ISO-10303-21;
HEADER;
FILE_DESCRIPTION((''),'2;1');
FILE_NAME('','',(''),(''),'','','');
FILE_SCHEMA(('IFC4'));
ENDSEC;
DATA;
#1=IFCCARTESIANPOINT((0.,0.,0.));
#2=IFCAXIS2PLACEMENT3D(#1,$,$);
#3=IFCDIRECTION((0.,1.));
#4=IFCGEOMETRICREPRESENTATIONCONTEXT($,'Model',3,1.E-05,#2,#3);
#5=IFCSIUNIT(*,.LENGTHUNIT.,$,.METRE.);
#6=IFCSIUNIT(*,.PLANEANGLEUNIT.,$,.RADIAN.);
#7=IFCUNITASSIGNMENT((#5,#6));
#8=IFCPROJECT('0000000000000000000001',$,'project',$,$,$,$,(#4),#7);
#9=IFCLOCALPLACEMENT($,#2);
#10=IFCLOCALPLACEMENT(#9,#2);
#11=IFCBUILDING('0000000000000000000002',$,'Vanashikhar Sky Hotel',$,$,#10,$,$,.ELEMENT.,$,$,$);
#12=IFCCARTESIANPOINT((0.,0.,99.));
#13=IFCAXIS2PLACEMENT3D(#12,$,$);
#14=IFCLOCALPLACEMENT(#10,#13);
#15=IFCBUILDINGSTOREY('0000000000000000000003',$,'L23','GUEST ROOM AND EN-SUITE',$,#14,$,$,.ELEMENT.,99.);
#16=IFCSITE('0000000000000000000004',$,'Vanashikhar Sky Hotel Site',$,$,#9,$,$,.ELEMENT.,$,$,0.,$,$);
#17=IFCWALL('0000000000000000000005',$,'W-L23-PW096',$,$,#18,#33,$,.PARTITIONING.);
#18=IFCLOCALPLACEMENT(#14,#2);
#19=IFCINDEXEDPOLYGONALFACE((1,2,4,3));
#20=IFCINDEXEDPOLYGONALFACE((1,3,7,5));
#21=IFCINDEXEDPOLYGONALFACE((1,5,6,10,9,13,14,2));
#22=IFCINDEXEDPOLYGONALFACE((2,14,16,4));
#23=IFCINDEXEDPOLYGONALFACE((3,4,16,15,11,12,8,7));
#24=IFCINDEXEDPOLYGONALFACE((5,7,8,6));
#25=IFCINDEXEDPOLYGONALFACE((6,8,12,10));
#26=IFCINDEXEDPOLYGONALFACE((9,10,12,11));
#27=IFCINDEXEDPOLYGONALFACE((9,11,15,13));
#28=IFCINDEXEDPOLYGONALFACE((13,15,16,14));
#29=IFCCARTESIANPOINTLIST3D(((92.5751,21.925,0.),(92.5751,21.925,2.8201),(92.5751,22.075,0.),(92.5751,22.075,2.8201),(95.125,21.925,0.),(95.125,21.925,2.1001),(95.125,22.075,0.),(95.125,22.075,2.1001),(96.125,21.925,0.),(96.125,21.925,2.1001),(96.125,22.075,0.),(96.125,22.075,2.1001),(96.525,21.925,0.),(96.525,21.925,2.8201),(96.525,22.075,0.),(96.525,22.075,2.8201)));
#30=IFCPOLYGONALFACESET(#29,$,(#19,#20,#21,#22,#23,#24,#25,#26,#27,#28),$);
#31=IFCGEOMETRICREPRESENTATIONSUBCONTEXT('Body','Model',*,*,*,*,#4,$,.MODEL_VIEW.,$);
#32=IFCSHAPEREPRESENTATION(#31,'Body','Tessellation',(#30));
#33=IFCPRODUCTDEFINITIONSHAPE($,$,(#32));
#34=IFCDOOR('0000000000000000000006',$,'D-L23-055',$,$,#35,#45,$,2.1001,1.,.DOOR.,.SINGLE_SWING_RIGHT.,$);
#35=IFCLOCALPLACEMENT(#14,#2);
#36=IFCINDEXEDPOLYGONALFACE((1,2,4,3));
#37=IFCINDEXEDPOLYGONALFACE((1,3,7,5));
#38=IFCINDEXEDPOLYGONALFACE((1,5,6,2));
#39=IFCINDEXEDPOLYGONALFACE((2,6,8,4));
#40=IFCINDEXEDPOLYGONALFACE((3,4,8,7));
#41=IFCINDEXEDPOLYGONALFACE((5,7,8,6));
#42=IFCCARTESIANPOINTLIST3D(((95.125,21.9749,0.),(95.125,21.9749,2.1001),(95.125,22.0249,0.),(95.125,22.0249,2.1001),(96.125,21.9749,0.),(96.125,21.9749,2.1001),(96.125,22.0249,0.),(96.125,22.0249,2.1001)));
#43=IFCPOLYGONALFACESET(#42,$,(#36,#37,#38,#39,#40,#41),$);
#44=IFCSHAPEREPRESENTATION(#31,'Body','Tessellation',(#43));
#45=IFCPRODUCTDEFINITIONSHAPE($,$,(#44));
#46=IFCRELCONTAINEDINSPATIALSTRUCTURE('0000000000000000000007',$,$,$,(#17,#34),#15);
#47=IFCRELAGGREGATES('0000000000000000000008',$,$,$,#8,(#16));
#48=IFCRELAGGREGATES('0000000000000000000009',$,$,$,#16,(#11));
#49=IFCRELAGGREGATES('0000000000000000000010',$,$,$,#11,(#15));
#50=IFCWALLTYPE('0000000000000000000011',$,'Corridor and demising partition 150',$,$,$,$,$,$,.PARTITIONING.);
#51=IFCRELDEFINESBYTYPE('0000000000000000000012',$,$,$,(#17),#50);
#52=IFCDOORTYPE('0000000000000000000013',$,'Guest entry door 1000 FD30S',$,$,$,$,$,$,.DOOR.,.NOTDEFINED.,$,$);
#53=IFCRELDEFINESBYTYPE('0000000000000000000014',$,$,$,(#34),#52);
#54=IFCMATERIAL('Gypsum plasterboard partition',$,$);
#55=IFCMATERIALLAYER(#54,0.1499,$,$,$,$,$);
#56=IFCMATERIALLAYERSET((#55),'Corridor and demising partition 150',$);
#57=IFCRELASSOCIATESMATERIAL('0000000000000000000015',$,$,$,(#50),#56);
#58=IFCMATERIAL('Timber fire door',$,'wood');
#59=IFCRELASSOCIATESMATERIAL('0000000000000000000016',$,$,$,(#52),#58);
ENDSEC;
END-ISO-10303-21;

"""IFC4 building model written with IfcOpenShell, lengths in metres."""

from ifc_helpers import new_model, si_unit, direction, frame, frame_2d, origin, place, context, subcontext, project, spatial, rectangle, extrude, source, transform, mapped, material, layer, layer_set, type_object, element, fill, save


model = new_model("IFC4")

# Units and contexts
model_context = context("Model", 3, precision=1e-05, world=origin(), true_north=direction((0.0, 1.0)))
body_context = subcontext(model_context, "Body", "Model", "MODEL_VIEW")
ifc_project = project(units=[si_unit("LENGTHUNIT", "METRE"), si_unit("PLANEANGLEUNIT", "RADIAN")], contexts=[model_context])

# Site, building, storey
site_placement = place(None, origin())
site = spatial("IfcSite", under=ifc_project, at=site_placement, Name="Vanashikhar Sky Hotel Site", CompositionType="ELEMENT", RefElevation=0.0)
building_placement = place(site_placement, origin())
building = spatial("IfcBuilding", under=site, at=building_placement, Name="Vanashikhar Sky Hotel", CompositionType="ELEMENT")
storey_placement = place(building_placement, frame((0.0, 0.0, 99.0)))
storey = spatial("IfcBuildingStorey", under=building, at=storey_placement, Name="L23", Description="GUEST ROOM AND EN-SUITE", CompositionType="ELEMENT", Elevation=99.0)

# Shared definitions
ifc_material_1 = material(Name="Gypsum plasterboard partition")

# Wall, opening, door
ifc_layer_1 = layer(ifc_material_1, 0.1499)
ifc_layer_set_1 = layer_set([ifc_layer_1], Name="Corridor and demising partition 150")
wall_type_1 = type_object("IfcWallType", Name="Corridor and demising partition 150", PredefinedType="PARTITIONING", material=ifc_layer_set_1)
shared_shape_1 = source(origin(), body_context, "Body", "SweptSolid", [
    extrude(rectangle(XDim=1.0, YDim=2.1001, at=frame_2d((0.5, 1.05))), frame((0.0, 0.085, 0.0), z_axis=(0.0, -1.0, 0.0), x_axis=(1.0, 0.0, 0.0)), (0.0, 0.0, 1.0), 0.1699),
])
ifc_material_2 = material(Name="Timber fire door", Category="wood")
door_type_1 = type_object("IfcDoorType", Name="Guest entry door 1000 FD30S", OperationType="NOTDEFINED", PredefinedType="DOOR", material=ifc_material_2)
shared_shape_2 = source(origin(), body_context, "Body", "SweptSolid", [
    extrude(rectangle(XDim=1.0, YDim=2.1001, at=frame_2d((0.5, 1.05))), frame((0.0, 0.0249, 0.0), z_axis=(0.0, -1.0, 0.0), x_axis=(1.0, 0.0, 0.0)), (0.0, 0.0, 1.0), 0.05),
])
shared_shape_3 = source(origin(), body_context, "Body", "SweptSolid", [
    extrude(rectangle(XDim=3.95, YDim=0.1499, at=frame_2d((1.9751, 0.0))), origin(), (0.0, 0.0, 1.0), 2.8201),
])
wall_1_placement = place(storey_placement, frame((92.575, 22.0, 0.0), z_axis=(0.0, 0.0, 1.0), x_axis=(1.0, 0.0, 0.0)))
wall_1 = element("IfcWall", 1, at=wall_1_placement, inside=storey, type_object=wall_type_1, Name="W-L23-PW096", PredefinedType="PARTITIONING", context=body_context, shape_type="MappedRepresentation", body=[
    mapped(shared_shape_3, transform((0.0, 0.0, 0.0), scale=1.0)),
])
opening_1_placement = place(wall_1_placement, frame((2.55, 0.0, 0.0)))
opening_1 = element("IfcOpeningElement", 2, at=opening_1_placement, cuts=wall_1, PredefinedType="OPENING", context=body_context, shape_type="MappedRepresentation", body=[
    mapped(shared_shape_1, transform((0.0, 0.0, 0.0), scale=1.0)),
])
door_1_placement = place(opening_1_placement, origin())
door_1 = element("IfcDoor", 3, at=door_1_placement, inside=storey, type_object=door_type_1, Name="D-L23-055", OperationType="SINGLE_SWING_RIGHT", OverallHeight=2.1001, OverallWidth=1.0, PredefinedType="DOOR", context=body_context, shape_type="MappedRepresentation", body=[
    mapped(shared_shape_2, transform((0.0, 0.0, 0.0), scale=1.0)),
])
fill(opening_1, door_1)

save(model, "model.ifc")
